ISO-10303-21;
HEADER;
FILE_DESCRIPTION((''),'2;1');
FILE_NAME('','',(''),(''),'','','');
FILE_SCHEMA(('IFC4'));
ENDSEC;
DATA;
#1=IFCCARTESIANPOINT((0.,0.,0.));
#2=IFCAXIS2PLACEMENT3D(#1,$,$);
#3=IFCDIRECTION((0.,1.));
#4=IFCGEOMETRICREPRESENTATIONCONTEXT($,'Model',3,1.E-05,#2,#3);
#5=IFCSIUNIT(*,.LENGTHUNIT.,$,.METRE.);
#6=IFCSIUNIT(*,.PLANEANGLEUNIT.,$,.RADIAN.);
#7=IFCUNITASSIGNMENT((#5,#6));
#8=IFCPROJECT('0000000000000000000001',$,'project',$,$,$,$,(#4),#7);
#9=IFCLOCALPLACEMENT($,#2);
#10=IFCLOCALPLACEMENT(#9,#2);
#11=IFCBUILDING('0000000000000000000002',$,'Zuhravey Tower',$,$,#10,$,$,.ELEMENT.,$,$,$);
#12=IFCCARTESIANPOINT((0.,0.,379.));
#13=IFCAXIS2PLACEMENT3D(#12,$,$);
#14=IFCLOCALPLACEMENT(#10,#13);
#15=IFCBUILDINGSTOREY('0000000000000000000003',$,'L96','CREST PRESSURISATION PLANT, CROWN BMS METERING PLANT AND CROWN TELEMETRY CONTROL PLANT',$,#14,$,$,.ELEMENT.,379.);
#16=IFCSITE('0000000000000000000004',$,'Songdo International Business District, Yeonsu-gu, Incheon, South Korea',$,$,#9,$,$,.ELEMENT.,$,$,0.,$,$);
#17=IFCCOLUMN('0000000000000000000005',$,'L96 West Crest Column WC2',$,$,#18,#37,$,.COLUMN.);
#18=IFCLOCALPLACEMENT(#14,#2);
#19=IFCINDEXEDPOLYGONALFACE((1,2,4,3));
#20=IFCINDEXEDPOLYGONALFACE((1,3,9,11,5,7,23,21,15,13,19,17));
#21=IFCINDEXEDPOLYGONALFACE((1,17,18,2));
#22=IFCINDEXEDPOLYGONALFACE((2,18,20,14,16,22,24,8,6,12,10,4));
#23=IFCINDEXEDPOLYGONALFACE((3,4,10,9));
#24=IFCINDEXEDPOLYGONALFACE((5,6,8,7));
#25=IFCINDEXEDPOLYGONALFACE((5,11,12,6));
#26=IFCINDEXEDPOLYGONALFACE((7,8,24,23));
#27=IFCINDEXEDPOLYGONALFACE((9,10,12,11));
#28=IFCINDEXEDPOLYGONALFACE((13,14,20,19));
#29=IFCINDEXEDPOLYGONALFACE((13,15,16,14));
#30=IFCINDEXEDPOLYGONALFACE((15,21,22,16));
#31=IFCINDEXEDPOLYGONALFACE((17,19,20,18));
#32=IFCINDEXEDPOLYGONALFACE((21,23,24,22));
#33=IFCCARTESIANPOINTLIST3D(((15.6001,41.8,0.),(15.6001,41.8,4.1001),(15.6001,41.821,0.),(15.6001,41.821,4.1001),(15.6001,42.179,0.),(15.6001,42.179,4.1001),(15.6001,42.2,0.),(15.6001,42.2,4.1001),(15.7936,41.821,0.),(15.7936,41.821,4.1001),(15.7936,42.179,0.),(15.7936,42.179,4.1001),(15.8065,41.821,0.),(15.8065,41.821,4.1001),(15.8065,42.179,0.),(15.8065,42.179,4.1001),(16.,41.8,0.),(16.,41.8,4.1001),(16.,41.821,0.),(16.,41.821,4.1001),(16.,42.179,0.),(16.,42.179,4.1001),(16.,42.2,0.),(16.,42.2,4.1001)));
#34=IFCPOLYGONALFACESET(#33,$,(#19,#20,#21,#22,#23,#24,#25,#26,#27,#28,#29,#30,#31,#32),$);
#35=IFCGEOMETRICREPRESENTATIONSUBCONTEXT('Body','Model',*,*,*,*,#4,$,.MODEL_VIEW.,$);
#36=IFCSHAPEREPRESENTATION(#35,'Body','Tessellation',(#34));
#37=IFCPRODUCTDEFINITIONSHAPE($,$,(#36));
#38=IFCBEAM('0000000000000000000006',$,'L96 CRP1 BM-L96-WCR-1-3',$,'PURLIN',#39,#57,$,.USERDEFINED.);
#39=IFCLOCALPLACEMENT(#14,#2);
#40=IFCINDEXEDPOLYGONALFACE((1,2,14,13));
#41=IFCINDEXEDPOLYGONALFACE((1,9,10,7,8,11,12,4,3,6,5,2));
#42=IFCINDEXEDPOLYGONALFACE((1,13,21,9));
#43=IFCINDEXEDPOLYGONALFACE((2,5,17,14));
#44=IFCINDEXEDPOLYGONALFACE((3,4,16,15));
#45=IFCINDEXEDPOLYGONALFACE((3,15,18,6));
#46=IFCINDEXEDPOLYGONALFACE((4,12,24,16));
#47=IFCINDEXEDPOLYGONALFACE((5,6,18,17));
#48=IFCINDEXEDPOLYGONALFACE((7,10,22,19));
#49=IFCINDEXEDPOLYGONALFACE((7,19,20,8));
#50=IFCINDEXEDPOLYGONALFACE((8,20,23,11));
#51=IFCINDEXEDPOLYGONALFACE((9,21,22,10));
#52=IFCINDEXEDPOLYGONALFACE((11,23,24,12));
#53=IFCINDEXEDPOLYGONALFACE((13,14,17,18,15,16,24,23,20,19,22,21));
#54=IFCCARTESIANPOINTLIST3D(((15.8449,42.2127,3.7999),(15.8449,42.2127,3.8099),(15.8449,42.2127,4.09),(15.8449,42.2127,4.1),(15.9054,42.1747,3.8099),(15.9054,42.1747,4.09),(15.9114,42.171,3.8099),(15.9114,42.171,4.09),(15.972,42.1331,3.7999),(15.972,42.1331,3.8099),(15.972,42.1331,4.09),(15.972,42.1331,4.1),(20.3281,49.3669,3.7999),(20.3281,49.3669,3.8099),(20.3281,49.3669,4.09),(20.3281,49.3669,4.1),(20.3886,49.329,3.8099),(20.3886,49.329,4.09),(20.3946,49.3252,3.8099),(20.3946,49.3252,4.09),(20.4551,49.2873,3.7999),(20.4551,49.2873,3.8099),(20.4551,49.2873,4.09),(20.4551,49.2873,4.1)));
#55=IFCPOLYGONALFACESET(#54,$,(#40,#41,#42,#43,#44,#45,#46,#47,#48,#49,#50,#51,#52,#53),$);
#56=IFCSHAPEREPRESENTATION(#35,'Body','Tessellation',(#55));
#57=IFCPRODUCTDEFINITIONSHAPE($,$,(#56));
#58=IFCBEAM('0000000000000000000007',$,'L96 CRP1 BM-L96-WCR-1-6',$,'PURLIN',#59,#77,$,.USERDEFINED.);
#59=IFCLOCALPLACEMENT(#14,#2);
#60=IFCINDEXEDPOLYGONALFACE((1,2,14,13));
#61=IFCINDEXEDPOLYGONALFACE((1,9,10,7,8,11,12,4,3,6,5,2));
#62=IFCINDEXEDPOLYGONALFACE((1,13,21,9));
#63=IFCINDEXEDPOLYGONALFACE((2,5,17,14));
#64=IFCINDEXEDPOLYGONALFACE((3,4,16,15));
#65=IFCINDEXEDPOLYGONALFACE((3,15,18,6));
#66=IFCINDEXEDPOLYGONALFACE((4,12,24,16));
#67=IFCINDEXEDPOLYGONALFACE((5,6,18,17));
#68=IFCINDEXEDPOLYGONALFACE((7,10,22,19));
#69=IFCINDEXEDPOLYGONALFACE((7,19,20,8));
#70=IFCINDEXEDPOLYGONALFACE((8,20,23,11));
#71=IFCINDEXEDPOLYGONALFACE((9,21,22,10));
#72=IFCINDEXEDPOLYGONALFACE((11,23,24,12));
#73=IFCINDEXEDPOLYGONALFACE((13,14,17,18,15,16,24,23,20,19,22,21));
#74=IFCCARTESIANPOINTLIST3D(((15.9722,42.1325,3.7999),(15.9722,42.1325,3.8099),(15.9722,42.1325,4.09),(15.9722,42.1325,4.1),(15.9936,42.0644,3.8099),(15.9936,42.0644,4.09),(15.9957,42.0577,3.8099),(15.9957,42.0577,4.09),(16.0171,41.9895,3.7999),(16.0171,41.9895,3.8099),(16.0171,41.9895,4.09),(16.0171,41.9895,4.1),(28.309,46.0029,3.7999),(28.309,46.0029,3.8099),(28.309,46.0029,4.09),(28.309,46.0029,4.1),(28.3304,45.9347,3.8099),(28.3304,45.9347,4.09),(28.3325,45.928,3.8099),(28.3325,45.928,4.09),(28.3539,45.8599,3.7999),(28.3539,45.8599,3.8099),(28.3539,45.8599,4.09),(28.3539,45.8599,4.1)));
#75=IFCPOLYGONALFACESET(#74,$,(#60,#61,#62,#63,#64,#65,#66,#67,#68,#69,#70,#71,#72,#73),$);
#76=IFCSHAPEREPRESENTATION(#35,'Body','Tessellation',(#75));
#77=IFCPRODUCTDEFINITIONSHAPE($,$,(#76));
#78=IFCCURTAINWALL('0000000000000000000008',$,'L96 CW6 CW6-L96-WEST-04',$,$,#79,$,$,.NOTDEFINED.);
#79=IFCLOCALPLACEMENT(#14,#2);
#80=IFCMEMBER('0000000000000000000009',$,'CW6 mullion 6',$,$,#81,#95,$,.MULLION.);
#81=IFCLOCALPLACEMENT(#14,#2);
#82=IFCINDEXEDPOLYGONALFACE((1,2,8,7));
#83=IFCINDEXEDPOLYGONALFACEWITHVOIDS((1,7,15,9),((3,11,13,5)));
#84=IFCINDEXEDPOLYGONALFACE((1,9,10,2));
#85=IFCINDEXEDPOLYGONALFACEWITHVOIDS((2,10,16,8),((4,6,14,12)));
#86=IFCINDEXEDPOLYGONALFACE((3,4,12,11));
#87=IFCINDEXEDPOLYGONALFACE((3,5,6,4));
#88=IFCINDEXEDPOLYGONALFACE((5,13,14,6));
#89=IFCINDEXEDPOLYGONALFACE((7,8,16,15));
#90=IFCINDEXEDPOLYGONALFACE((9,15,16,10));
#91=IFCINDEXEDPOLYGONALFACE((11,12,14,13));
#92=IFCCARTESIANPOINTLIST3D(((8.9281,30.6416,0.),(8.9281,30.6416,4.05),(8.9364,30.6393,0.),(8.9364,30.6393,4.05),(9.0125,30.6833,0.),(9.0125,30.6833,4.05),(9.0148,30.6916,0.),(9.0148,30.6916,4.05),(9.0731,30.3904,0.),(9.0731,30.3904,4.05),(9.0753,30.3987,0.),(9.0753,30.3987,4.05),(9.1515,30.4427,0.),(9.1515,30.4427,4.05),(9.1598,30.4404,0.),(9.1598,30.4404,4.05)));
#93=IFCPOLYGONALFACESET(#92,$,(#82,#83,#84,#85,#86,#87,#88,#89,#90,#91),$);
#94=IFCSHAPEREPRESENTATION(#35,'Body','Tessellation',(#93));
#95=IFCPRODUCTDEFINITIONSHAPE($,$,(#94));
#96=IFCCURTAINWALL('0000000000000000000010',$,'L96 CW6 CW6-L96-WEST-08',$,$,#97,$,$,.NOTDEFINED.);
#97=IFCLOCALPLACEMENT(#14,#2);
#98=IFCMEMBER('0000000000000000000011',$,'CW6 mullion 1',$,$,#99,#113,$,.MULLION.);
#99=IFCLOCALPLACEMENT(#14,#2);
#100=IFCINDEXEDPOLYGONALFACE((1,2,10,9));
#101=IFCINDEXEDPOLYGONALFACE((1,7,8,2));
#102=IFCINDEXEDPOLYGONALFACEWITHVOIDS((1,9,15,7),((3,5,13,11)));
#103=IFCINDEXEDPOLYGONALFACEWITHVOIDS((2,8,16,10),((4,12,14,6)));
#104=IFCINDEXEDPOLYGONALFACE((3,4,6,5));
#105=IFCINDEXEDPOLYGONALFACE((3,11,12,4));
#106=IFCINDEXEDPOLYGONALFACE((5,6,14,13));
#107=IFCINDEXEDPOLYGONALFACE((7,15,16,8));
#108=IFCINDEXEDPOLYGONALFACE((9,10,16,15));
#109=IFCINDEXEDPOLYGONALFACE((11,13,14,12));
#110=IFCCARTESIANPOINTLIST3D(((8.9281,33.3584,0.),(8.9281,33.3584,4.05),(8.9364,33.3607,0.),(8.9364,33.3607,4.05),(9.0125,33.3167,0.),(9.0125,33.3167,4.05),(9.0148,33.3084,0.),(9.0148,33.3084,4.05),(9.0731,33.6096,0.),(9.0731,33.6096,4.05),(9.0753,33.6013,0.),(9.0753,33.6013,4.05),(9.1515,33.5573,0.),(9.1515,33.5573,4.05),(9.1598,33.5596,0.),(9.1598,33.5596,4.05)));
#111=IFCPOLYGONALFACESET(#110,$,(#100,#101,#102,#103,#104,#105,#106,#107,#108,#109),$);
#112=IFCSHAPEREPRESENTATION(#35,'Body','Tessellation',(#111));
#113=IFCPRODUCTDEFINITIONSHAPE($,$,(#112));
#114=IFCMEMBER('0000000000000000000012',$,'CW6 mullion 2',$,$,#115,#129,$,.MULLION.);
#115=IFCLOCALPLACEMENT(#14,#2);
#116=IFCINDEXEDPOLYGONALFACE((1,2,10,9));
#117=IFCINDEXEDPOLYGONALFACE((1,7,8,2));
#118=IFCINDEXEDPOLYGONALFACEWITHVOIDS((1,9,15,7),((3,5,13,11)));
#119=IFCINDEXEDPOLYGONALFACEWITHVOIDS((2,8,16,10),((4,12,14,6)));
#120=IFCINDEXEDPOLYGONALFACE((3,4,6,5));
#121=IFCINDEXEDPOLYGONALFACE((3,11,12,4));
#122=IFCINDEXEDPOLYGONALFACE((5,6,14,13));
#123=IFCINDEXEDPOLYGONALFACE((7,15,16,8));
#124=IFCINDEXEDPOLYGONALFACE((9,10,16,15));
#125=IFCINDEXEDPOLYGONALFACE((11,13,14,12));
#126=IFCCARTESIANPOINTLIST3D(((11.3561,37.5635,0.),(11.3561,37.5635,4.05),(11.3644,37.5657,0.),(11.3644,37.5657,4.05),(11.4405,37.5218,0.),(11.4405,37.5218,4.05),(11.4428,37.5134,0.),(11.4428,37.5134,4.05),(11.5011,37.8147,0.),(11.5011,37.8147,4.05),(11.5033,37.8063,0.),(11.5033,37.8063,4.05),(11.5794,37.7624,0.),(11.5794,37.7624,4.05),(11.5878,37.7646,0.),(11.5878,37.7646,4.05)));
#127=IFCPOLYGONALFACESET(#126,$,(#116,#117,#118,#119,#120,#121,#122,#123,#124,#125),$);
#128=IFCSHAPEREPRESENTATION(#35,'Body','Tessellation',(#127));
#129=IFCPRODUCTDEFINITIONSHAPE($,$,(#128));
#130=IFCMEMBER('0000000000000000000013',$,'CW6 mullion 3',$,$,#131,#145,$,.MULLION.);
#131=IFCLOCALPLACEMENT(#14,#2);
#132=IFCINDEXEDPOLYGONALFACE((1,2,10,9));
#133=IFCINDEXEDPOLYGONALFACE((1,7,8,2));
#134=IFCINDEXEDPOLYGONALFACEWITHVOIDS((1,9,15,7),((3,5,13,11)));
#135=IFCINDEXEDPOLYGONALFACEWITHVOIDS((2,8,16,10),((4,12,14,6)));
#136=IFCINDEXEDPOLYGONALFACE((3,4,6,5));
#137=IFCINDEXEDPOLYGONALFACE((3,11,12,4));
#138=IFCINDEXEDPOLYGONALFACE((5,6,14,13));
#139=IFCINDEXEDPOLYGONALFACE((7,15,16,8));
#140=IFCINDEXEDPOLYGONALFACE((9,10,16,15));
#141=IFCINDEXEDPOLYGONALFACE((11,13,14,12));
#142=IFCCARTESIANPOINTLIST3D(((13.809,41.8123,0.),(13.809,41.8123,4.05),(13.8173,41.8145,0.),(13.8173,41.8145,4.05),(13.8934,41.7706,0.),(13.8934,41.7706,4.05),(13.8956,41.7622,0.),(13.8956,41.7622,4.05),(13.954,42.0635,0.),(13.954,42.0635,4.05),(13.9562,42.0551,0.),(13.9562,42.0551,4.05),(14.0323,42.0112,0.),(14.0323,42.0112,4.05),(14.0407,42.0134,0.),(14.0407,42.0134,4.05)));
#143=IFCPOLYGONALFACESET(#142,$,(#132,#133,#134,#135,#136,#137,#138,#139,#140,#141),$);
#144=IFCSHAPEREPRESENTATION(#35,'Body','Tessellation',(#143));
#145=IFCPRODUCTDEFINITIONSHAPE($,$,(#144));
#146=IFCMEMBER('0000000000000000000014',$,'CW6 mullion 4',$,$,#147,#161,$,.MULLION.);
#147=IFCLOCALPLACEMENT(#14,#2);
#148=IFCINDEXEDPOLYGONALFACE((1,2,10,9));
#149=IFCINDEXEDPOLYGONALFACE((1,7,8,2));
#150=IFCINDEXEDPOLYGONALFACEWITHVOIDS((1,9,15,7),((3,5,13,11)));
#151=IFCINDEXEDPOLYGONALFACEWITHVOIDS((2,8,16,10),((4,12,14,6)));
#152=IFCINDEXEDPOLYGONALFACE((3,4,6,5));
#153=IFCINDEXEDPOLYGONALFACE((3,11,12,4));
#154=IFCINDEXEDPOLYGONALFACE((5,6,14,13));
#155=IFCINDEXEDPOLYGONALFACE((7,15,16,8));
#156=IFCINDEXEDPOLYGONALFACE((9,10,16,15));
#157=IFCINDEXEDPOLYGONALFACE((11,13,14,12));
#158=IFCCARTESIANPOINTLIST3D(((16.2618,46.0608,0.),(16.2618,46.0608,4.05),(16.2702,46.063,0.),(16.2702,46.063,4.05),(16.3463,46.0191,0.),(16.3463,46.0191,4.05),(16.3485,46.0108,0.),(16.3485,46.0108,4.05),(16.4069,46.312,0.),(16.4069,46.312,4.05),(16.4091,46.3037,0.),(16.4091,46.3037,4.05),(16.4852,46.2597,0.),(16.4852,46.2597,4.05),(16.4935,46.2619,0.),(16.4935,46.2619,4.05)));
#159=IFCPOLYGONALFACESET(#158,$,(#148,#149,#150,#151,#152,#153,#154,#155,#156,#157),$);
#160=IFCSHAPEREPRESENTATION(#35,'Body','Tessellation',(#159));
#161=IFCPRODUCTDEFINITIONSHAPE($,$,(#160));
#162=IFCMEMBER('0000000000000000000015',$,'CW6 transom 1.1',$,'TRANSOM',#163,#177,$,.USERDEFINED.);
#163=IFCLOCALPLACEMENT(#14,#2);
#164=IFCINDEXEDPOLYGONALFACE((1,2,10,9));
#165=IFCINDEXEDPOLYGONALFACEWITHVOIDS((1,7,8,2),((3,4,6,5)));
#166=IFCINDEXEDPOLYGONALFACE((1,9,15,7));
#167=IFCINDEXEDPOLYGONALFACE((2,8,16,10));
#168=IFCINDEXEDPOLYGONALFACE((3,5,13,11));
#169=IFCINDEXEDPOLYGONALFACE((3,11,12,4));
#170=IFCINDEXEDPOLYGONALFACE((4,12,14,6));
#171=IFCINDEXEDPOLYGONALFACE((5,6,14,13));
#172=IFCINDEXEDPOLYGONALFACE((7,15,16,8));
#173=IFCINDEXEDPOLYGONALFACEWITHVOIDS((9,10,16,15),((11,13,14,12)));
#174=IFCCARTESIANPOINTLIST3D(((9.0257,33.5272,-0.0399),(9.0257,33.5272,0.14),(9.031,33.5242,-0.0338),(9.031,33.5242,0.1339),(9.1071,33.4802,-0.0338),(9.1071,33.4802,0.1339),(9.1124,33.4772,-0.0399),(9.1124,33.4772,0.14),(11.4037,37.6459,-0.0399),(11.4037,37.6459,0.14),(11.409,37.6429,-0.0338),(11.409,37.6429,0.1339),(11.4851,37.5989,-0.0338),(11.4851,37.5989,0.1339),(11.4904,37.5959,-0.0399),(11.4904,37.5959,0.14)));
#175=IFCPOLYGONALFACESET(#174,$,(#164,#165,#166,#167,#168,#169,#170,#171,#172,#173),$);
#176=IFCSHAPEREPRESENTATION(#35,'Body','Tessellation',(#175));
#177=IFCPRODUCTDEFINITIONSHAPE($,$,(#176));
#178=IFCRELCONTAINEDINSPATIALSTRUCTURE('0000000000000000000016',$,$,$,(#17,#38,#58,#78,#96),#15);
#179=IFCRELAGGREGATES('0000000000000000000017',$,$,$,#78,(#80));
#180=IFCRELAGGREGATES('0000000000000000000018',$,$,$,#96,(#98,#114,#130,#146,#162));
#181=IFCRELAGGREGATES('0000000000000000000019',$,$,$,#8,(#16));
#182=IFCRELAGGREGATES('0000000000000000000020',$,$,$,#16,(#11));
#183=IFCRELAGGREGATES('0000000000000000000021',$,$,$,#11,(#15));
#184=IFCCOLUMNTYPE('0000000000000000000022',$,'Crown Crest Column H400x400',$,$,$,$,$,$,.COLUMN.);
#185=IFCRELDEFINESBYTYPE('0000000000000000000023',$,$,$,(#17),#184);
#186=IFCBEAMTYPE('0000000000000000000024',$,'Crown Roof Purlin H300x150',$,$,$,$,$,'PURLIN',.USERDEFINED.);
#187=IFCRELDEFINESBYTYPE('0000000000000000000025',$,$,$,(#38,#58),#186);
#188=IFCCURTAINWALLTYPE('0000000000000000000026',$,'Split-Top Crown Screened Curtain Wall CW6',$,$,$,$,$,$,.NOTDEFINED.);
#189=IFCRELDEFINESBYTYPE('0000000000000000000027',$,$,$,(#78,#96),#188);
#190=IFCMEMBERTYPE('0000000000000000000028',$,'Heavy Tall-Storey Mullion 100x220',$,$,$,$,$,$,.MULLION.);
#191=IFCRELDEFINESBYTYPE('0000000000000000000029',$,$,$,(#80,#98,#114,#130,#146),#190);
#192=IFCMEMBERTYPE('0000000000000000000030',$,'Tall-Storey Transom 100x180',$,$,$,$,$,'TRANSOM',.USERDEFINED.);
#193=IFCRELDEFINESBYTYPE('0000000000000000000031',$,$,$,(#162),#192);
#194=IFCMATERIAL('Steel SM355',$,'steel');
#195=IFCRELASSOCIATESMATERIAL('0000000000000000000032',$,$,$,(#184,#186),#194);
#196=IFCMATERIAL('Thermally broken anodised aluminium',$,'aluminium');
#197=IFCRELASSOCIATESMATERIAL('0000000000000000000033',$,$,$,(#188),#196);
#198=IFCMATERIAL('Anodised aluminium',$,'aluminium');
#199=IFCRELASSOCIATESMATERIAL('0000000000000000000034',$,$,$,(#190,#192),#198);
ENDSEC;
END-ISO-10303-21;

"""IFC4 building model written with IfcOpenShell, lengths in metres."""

from ifc_helpers import new_model, si_unit, direction, frame, origin, origin_2d, place, context, subcontext, project, spatial, hollow_rectangle, i_section, extrude, material, material_profile, profile_set, type_object, element, aggregate, save


model = new_model("IFC4")

# Units and contexts
model_context = context("Model", 3, precision=1e-05, world=origin(), true_north=direction((0.0, 1.0)))
body_context = subcontext(model_context, "Body", "Model", "MODEL_VIEW")
ifc_project = project(units=[si_unit("LENGTHUNIT", "METRE"), si_unit("PLANEANGLEUNIT", "RADIAN")], contexts=[model_context])

# Site, building, storey
site_placement = place(None, origin())
site = spatial("IfcSite", under=ifc_project, at=site_placement, Name="Songdo International Business District, Yeonsu-gu, Incheon, South Korea", CompositionType="ELEMENT", RefElevation=0.0)
building_placement = place(site_placement, origin())
building = spatial("IfcBuilding", under=site, at=building_placement, Name="Zuhravey Tower", CompositionType="ELEMENT")
storey_placement = place(building_placement, frame((0.0, 0.0, 379.0)))
storey = spatial("IfcBuildingStorey", under=building, at=storey_placement, Name="L96", Description="CREST PRESSURISATION PLANT, CROWN BMS METERING PLANT AND CROWN TELEMETRY CONTROL PLANT", CompositionType="ELEMENT", Elevation=379.0)

# Column
ifc_material_1 = material(Name="Steel SM355", Category="steel")
ifc_material_profile_1 = material_profile(ifc_material_1, i_section(OverallWidth=0.3999, OverallDepth=0.3999, WebThickness=0.0129, FlangeThickness=0.021, at=origin_2d()), Name="H-400x400x13x21")
ifc_profile_set_1 = profile_set([ifc_material_profile_1], Name="Steel SM355")
column_type = type_object("IfcColumnType", Name="Crown Crest Column H400x400", PredefinedType="COLUMN", material=ifc_profile_set_1)
column_placement = place(storey_placement, frame((15.8, 42.0, 0.0), z_axis=(0.0, 0.0, 1.0), x_axis=(1.0, 0.0, 0.0)))
element("IfcColumn", 1, at=column_placement, inside=storey, type_object=column_type, Name="L96 West Crest Column WC2", PredefinedType="COLUMN", context=body_context, shape_type="SweptSolid", body=[
    extrude(i_section(OverallWidth=0.3999, OverallDepth=0.3999, WebThickness=0.0129, FlangeThickness=0.021, at=origin_2d()), origin(), (0.0, 0.0, 1.0), 4.1001),
])

# Beams
ifc_material_profile_2 = material_profile(ifc_material_1, i_section(OverallWidth=0.1499, OverallDepth=0.3, WebThickness=0.0071, FlangeThickness=0.01, at=origin_2d()), Name="H-300x150x7x10")
ifc_profile_set_2 = profile_set([ifc_material_profile_2], Name="Steel SM355")
beam_type = type_object("IfcBeamType", Name="Crown Roof Purlin H300x150", ElementType="PURLIN", PredefinedType="USERDEFINED", material=ifc_profile_set_2)
beam_1_placement = place(storey_placement, frame((15.9084, 42.1729, 3.95), z_axis=(0.530997, 0.847374, 0.0), x_axis=(-0.847374, 0.530997, 0.0)))
element("IfcBeam", 2, at=beam_1_placement, inside=storey, type_object=beam_type, Name="L96 CRP1 BM-L96-WCR-1-3", ObjectType="PURLIN", PredefinedType="USERDEFINED", context=body_context, shape_type="SweptSolid", body=[
    extrude(i_section(OverallWidth=0.1499, OverallDepth=0.3, WebThickness=0.0071, FlangeThickness=0.01, at=origin_2d()), origin(), (0.0, 0.0, 1.0), 8.4429),
])
beam_2_placement = place(storey_placement, frame((15.9946, 42.061, 3.95), z_axis=(0.954147, 0.299337, 0.0), x_axis=(-0.299337, 0.954147, 0.0)))
element("IfcBeam", 3, at=beam_2_placement, inside=storey, type_object=beam_type, Name="L96 CRP1 BM-L96-WCR-1-6", ObjectType="PURLIN", PredefinedType="USERDEFINED", context=body_context, shape_type="SweptSolid", body=[
    extrude(i_section(OverallWidth=0.1499, OverallDepth=0.3, WebThickness=0.0071, FlangeThickness=0.01, at=origin_2d()), origin(), (0.0, 0.0, 1.0), 12.9297),
])

# Curtain wall, member
ifc_material_2 = material(Name="Thermally broken anodised aluminium", Category="aluminium")
curtain_wall_type = type_object("IfcCurtainWallType", Name="Split-Top Crown Screened Curtain Wall CW6", PredefinedType="NOTDEFINED", material=ifc_material_2)
curtain_wall_1_placement = place(storey_placement, origin())
curtain_wall_1 = element("IfcCurtainWall", 4, at=curtain_wall_1_placement, inside=storey, type_object=curtain_wall_type, Name="L96 CW6 CW6-L96-WEST-04", PredefinedType="NOTDEFINED")
ifc_material_3 = material(Name="Anodised aluminium", Category="aluminium")
ifc_material_profile_3 = material_profile(ifc_material_3, hollow_rectangle(XDim=0.1001, YDim=0.29, WallThickness=0.0061, at=origin_2d()), Name="ALU-RHS-100x290x6")
ifc_profile_set_3 = profile_set([ifc_material_profile_3], Name="Anodised aluminium")
member_type_1 = type_object("IfcMemberType", Name="Heavy Tall-Storey Mullion 100x220", PredefinedType="MULLION", material=ifc_profile_set_3)
member_1_placement = place(storey_placement, frame((9.0439, 30.541, 0.0), z_axis=(0.0, 0.0, 1.0), x_axis=(-0.866027, -0.499997, 0.0)))
member_1 = element("IfcMember", 5, at=member_1_placement, type_object=member_type_1, Name="CW6 mullion 6", PredefinedType="MULLION", context=body_context, shape_type="SweptSolid", body=[
    extrude(hollow_rectangle(XDim=0.1001, YDim=0.29, WallThickness=0.0061, at=origin_2d()), origin(), (0.0, 0.0, 1.0), 4.05),
])

# Curtain wall, members
curtain_wall_2_placement = place(storey_placement, origin())
curtain_wall_2 = element("IfcCurtainWall", 6, at=curtain_wall_2_placement, inside=storey, type_object=curtain_wall_type, Name="L96 CW6 CW6-L96-WEST-08", PredefinedType="NOTDEFINED")
member_2_placement = place(storey_placement, frame((9.0439, 33.459, 0.0), z_axis=(0.0, 0.0, 1.0), x_axis=(-0.866027, 0.499997, 0.0)))
member_2 = element("IfcMember", 7, at=member_2_placement, type_object=member_type_1, Name="CW6 mullion 1", PredefinedType="MULLION", context=body_context, shape_type="SweptSolid", body=[
    extrude(hollow_rectangle(XDim=0.1001, YDim=0.29, WallThickness=0.0061, at=origin_2d()), origin(), (0.0, 0.0, 1.0), 4.05),
])
member_3_placement = place(storey_placement, frame((11.4719, 37.6641, 0.0), z_axis=(0.0, 0.0, 1.0), x_axis=(-0.866027, 0.499997, 0.0)))
member_3 = element("IfcMember", 8, at=member_3_placement, type_object=member_type_1, Name="CW6 mullion 2", PredefinedType="MULLION", context=body_context, shape_type="SweptSolid", body=[
    extrude(hollow_rectangle(XDim=0.1001, YDim=0.29, WallThickness=0.0061, at=origin_2d()), origin(), (0.0, 0.0, 1.0), 4.05),
])
member_4_placement = place(storey_placement, frame((13.9248, 41.9128, 0.0), z_axis=(0.0, 0.0, 1.0), x_axis=(-0.866027, 0.499997, 0.0)))
member_4 = element("IfcMember", 9, at=member_4_placement, type_object=member_type_1, Name="CW6 mullion 3", PredefinedType="MULLION", context=body_context, shape_type="SweptSolid", body=[
    extrude(hollow_rectangle(XDim=0.1001, YDim=0.29, WallThickness=0.0061, at=origin_2d()), origin(), (0.0, 0.0, 1.0), 4.05),
])
member_5_placement = place(storey_placement, frame((16.3777, 46.1614, 0.0), z_axis=(0.0, 0.0, 1.0), x_axis=(-0.866027, 0.499997, 0.0)))
member_5 = element("IfcMember", 10, at=member_5_placement, type_object=member_type_1, Name="CW6 mullion 4", PredefinedType="MULLION", context=body_context, shape_type="SweptSolid", body=[
    extrude(hollow_rectangle(XDim=0.1001, YDim=0.29, WallThickness=0.0061, at=origin_2d()), origin(), (0.0, 0.0, 1.0), 4.05),
])
ifc_material_profile_4 = material_profile(ifc_material_3, hollow_rectangle(XDim=0.1001, YDim=0.1799, WallThickness=0.0061, at=origin_2d()), Name="ALU-RHS-100x180x6")
ifc_profile_set_4 = profile_set([ifc_material_profile_4], Name="Anodised aluminium")
member_type_2 = type_object("IfcMemberType", Name="Tall-Storey Transom 100x180", ElementType="TRANSOM", PredefinedType="USERDEFINED", material=ifc_profile_set_4)
member_6_placement = place(storey_placement, frame((9.0691, 33.5022, 0.05), z_axis=(0.500004, 0.866023, 0.0), x_axis=(-0.866023, 0.500004, 0.0)))
member_6 = element("IfcMember", 11, at=member_6_placement, type_object=member_type_2, Name="CW6 transom 1.1", ObjectType="TRANSOM", PredefinedType="USERDEFINED", context=body_context, shape_type="SweptSolid", body=[
    extrude(hollow_rectangle(XDim=0.1001, YDim=0.1799, WallThickness=0.0061, at=origin_2d()), origin(), (0.0, 0.0, 1.0), 4.7559),
])

aggregate(curtain_wall_1, [member_1])
aggregate(curtain_wall_2, [member_2, member_3, member_4, member_5, member_6])

save(model, "model.ifc")
